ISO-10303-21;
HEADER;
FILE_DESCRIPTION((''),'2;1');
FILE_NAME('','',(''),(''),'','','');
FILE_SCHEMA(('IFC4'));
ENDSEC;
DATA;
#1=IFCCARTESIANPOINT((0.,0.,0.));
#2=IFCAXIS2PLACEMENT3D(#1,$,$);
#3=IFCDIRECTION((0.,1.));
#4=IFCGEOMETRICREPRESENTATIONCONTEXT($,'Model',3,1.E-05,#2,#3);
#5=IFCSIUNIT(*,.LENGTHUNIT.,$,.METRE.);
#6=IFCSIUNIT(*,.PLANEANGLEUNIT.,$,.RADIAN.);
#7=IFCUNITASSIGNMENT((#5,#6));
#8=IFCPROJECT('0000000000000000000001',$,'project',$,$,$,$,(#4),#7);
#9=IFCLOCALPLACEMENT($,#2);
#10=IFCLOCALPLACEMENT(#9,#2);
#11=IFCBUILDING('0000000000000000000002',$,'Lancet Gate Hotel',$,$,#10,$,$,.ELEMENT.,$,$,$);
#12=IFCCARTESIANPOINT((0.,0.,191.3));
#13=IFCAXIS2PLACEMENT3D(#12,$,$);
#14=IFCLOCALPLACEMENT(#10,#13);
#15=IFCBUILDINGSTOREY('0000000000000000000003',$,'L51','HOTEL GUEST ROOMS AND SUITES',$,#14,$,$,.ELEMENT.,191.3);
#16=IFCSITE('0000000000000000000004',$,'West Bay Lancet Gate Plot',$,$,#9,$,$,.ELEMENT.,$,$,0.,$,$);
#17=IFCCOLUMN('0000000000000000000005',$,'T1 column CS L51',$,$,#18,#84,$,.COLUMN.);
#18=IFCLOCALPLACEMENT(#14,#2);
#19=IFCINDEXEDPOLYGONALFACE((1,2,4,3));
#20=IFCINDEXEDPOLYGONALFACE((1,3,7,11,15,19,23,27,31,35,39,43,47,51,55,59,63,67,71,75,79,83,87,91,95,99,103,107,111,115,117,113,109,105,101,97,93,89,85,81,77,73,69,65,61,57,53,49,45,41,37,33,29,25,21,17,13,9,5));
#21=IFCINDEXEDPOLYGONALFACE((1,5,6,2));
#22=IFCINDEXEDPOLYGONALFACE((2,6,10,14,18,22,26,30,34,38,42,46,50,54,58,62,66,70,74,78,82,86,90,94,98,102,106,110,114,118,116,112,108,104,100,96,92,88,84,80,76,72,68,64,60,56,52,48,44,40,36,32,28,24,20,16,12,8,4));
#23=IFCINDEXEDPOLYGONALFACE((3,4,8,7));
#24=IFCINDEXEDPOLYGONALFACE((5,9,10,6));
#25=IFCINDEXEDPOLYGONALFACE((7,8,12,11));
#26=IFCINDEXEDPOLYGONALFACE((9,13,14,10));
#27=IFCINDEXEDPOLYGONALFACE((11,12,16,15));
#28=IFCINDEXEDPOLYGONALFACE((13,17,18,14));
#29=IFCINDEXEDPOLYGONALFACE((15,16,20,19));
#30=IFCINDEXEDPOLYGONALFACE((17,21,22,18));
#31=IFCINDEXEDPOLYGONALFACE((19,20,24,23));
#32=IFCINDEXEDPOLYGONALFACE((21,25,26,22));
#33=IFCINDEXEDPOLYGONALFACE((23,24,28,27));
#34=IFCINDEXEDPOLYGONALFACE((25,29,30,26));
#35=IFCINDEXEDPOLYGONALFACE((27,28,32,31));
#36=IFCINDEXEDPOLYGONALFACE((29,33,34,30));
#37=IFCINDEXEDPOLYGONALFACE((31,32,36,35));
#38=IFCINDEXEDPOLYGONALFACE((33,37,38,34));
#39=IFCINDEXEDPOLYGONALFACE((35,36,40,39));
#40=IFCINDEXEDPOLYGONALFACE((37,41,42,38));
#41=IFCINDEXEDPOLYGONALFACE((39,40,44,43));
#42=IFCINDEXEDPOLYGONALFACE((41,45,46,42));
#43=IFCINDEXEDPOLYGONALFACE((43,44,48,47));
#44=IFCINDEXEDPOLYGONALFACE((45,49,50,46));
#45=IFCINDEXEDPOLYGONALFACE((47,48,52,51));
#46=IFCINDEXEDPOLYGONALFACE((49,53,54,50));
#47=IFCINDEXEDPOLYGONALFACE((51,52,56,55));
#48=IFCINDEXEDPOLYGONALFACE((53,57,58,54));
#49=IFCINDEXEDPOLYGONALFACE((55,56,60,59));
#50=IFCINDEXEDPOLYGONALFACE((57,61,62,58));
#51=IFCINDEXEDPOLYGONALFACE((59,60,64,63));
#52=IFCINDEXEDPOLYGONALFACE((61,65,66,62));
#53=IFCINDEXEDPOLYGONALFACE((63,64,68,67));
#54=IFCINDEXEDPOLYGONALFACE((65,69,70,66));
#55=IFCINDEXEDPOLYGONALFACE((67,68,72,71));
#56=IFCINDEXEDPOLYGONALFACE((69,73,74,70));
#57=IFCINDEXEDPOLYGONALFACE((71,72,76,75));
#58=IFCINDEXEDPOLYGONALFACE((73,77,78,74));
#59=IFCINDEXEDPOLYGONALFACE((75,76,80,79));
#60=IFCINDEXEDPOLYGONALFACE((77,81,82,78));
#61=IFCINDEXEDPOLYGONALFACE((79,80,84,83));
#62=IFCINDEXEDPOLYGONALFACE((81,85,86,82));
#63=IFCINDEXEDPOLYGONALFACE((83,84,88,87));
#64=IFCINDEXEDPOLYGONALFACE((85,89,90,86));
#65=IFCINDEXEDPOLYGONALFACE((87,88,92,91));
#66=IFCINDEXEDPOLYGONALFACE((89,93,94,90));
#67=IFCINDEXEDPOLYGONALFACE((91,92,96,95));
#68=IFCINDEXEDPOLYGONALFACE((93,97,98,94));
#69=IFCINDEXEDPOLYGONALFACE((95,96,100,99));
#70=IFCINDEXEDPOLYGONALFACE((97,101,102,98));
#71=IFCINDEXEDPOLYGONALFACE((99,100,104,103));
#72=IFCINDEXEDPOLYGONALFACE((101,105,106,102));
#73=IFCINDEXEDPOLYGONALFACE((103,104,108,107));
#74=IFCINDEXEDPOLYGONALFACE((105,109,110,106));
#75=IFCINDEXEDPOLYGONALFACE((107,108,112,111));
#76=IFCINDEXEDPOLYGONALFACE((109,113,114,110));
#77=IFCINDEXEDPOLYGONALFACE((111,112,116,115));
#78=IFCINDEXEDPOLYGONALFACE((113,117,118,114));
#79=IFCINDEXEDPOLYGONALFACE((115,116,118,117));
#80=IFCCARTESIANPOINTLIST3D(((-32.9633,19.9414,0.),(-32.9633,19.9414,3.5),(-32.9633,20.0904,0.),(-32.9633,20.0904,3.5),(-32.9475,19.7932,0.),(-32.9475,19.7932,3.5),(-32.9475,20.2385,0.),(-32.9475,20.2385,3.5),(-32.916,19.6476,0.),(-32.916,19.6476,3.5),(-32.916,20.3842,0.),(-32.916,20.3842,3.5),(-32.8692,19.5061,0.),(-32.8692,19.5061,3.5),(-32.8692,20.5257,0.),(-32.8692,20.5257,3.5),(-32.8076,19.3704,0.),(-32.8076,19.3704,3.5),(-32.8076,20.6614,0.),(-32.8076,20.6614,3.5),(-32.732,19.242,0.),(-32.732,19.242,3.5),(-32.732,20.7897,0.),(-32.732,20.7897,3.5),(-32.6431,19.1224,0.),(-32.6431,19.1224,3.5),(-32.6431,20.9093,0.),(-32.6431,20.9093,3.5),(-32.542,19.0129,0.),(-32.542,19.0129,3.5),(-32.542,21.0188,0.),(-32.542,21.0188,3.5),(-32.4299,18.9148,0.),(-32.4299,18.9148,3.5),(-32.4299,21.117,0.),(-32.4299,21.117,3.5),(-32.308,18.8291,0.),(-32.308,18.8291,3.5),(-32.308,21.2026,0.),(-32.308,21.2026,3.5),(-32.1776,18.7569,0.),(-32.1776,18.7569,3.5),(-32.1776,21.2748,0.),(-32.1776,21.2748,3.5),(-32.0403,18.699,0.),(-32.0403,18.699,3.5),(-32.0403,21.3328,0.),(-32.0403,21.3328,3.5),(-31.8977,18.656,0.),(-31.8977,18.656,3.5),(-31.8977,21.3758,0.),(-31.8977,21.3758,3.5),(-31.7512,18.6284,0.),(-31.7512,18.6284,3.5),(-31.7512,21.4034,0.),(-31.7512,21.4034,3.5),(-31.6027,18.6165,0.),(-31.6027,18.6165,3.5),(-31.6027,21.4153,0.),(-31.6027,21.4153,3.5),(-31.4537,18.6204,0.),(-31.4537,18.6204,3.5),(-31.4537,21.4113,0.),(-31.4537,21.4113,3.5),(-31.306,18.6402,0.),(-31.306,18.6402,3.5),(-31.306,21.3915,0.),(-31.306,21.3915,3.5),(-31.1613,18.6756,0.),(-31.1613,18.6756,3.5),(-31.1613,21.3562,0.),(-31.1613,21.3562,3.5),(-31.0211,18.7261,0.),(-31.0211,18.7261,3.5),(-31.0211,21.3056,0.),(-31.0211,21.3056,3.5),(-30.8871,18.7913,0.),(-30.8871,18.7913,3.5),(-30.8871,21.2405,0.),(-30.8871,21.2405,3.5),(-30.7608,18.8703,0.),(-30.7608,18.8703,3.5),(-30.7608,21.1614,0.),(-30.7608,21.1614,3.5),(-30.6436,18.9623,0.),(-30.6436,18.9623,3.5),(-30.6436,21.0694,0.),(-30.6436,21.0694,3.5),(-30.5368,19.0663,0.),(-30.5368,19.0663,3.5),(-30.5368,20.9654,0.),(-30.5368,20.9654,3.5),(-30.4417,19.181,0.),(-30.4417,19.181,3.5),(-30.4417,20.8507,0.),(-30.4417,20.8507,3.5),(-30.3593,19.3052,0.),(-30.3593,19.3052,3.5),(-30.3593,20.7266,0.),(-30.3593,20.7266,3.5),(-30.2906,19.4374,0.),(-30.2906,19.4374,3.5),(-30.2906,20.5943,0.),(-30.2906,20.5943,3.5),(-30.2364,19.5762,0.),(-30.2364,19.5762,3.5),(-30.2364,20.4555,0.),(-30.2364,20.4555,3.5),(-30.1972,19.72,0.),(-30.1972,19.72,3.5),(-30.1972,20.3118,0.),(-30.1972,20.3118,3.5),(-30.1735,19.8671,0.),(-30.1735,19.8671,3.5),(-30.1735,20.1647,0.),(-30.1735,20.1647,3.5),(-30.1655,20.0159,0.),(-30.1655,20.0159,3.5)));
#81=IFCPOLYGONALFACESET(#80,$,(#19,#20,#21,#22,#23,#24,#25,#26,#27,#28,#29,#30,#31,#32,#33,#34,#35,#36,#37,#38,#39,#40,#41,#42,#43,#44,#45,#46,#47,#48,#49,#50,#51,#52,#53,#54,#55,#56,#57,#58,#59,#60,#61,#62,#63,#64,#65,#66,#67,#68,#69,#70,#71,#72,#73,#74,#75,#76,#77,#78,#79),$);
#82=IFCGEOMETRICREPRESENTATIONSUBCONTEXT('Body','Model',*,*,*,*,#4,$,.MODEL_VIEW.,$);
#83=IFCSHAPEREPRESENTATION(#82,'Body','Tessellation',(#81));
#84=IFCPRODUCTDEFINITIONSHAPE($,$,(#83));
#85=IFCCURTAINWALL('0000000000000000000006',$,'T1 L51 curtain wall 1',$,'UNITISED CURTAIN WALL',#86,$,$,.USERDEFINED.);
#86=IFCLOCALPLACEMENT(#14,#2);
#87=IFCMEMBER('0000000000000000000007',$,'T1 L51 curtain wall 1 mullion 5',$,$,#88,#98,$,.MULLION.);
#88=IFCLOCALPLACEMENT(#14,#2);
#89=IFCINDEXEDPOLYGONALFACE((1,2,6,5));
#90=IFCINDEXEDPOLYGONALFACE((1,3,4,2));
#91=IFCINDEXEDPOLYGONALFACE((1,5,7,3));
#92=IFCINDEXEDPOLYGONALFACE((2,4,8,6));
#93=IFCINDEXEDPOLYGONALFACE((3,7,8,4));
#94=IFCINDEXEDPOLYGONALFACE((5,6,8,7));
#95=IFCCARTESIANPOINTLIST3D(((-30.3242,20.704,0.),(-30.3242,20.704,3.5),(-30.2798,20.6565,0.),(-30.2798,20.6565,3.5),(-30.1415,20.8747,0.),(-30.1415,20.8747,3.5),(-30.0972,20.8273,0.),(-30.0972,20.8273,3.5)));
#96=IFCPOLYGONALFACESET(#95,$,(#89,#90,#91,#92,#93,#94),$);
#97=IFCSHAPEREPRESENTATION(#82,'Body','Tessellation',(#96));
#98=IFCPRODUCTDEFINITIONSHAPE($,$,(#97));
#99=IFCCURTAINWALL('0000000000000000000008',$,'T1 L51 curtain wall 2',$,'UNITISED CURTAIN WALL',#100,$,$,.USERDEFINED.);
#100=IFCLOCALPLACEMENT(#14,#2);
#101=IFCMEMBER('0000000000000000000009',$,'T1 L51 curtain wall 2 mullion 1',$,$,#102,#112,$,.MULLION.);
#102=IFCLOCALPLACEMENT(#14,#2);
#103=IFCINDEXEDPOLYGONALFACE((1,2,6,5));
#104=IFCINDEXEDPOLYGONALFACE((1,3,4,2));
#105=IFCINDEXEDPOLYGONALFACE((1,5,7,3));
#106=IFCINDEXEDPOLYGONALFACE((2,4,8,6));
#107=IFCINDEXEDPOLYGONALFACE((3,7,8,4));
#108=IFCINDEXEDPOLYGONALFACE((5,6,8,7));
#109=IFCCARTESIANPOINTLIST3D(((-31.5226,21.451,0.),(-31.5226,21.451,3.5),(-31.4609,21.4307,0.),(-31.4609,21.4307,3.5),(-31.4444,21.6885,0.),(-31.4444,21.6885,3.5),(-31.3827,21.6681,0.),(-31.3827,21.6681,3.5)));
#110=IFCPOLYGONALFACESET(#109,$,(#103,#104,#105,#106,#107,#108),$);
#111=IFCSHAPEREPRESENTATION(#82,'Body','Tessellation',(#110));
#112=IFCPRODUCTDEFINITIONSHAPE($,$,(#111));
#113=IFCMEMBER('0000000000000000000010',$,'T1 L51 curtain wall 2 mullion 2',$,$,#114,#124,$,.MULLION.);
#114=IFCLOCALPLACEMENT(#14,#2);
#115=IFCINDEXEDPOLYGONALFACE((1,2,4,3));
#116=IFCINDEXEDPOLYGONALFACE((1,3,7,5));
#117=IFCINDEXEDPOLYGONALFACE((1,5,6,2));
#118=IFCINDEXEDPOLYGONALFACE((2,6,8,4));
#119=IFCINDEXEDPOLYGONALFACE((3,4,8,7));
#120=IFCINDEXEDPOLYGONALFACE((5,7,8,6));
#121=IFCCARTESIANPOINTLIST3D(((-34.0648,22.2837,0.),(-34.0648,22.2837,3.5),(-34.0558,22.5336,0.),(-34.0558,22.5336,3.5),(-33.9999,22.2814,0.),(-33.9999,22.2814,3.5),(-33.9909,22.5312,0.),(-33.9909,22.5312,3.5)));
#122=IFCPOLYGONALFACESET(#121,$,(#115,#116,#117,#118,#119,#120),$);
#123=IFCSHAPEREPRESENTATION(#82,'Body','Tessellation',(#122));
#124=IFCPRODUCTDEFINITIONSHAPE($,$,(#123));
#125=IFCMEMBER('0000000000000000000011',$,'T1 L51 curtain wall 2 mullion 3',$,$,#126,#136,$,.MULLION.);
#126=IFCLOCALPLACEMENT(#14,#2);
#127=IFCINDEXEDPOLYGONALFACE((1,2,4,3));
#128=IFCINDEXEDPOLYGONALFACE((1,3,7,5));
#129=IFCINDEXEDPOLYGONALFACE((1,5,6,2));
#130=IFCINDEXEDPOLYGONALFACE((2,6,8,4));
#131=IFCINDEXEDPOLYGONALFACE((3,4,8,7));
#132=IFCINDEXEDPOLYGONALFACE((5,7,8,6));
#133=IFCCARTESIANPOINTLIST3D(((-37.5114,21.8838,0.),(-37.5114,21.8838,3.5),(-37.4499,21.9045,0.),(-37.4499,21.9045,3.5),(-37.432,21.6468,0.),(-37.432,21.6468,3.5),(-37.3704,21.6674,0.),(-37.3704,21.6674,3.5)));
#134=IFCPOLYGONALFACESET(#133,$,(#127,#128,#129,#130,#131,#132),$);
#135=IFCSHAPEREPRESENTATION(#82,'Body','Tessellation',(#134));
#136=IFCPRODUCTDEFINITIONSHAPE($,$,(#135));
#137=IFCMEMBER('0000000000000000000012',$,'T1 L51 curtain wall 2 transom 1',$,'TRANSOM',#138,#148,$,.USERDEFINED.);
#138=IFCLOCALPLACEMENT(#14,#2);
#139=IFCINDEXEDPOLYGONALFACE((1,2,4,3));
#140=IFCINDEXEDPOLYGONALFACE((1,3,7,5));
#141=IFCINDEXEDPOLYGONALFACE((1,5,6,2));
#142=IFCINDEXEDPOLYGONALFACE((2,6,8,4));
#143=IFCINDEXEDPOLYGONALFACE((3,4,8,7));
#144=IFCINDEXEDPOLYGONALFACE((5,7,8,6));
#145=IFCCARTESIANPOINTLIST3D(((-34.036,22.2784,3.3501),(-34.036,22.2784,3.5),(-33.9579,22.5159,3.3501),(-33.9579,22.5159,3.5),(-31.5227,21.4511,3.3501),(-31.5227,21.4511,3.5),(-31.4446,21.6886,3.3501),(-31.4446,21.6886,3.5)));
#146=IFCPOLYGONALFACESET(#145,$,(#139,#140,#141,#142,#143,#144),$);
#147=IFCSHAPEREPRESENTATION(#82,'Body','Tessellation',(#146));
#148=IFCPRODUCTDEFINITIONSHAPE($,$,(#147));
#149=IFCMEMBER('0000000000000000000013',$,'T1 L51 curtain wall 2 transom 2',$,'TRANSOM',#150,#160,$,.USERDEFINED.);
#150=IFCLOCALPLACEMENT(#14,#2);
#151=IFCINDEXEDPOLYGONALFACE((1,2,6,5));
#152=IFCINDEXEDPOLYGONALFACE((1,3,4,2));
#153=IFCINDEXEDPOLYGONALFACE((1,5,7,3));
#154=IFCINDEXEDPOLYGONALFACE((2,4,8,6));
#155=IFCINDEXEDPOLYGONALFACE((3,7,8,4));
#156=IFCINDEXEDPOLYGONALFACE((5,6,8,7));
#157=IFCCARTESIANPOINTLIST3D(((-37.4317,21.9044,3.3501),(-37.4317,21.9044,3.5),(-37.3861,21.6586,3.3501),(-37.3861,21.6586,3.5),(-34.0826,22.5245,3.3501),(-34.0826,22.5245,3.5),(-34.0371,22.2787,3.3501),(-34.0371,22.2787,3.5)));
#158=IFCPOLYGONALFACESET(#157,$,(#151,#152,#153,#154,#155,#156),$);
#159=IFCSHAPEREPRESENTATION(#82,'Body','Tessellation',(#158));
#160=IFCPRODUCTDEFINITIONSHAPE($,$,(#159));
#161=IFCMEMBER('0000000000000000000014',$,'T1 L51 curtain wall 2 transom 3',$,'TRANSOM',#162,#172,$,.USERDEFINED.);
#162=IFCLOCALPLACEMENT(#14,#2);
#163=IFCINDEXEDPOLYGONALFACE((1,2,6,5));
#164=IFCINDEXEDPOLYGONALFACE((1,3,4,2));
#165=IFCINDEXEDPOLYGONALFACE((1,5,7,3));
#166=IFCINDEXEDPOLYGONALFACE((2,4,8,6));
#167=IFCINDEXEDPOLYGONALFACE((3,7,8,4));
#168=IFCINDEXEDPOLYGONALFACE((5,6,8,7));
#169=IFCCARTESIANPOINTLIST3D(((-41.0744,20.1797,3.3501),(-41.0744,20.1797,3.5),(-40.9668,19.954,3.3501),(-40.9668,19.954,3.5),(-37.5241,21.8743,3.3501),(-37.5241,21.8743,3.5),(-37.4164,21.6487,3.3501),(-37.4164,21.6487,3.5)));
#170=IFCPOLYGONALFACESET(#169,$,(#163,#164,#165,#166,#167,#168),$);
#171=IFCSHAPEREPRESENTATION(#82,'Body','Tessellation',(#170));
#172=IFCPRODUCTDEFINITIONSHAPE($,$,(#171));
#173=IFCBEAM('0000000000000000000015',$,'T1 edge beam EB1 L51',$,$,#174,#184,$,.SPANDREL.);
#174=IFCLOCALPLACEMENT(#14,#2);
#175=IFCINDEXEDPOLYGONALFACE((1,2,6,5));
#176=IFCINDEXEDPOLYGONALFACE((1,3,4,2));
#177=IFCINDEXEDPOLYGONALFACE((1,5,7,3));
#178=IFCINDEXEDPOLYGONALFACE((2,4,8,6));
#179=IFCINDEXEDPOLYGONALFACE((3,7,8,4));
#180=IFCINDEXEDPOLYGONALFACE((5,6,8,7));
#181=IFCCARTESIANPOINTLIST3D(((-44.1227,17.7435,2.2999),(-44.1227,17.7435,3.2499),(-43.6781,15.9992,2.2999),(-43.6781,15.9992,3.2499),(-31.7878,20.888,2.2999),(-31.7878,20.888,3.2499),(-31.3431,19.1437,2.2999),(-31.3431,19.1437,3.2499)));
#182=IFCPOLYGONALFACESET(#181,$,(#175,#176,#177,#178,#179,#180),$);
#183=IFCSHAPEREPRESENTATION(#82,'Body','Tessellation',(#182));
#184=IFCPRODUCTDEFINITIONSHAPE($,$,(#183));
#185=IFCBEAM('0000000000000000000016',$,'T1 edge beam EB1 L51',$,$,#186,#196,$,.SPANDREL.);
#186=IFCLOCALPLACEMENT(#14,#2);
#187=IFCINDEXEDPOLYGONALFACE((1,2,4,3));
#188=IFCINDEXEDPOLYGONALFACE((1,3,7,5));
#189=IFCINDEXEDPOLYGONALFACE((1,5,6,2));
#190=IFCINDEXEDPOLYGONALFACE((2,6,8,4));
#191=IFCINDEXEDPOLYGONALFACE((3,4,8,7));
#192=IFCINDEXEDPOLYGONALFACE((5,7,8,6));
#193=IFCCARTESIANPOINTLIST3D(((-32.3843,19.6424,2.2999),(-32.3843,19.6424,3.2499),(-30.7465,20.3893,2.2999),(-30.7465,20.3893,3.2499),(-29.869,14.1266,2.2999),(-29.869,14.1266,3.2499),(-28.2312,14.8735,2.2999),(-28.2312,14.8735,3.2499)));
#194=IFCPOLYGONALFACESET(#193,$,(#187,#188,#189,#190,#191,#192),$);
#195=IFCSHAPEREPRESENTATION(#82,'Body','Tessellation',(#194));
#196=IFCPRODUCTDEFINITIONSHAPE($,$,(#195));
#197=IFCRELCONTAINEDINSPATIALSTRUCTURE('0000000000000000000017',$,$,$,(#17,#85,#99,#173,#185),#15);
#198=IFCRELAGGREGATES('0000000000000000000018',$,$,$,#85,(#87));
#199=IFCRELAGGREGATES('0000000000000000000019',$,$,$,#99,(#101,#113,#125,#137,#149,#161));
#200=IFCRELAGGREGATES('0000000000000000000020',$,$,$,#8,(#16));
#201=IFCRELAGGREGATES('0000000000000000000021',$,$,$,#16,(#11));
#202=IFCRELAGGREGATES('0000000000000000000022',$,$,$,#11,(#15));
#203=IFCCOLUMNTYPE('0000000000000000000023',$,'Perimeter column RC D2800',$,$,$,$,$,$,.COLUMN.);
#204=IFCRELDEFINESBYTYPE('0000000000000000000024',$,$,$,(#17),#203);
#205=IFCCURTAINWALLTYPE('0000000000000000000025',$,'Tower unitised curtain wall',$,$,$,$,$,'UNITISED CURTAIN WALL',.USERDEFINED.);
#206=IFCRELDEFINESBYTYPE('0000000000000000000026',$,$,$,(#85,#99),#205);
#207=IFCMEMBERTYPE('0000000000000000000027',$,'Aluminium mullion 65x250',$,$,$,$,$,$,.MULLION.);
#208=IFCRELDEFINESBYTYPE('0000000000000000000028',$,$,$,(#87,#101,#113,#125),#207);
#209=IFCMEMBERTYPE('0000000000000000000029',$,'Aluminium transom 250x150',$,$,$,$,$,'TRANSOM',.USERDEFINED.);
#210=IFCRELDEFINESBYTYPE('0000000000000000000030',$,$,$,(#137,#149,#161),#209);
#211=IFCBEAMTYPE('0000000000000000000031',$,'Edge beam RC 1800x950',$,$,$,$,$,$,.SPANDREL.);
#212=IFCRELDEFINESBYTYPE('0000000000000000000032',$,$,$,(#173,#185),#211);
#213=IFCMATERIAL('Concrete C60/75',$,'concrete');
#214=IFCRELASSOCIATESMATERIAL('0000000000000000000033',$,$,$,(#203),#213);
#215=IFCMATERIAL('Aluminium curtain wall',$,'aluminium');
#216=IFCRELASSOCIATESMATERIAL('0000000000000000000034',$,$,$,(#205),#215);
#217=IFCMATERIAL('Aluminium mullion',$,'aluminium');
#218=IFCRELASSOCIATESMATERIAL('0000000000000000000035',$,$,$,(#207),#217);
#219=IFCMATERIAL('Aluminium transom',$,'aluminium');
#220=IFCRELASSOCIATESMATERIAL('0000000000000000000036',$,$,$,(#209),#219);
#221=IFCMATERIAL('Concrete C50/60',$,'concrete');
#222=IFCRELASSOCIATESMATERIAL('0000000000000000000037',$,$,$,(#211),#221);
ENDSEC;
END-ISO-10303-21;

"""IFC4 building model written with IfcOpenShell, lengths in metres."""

from ifc_helpers import new_model, si_unit, direction, frame, origin, origin_2d, place, context, subcontext, project, spatial, rectangle, circle, extrude, material, material_profile, profile_set, type_object, element, aggregate, save


model = new_model("IFC4")

# Units and contexts
model_context = context("Model", 3, precision=1e-05, world=origin(), true_north=direction((0.0, 1.0)))
body_context = subcontext(model_context, "Body", "Model", "MODEL_VIEW")
ifc_project = project(units=[si_unit("LENGTHUNIT", "METRE"), si_unit("PLANEANGLEUNIT", "RADIAN")], contexts=[model_context])

# Site, building, storey
site_placement = place(None, origin())
site = spatial("IfcSite", under=ifc_project, at=site_placement, Name="West Bay Lancet Gate Plot", CompositionType="ELEMENT", RefElevation=0.0)
building_placement = place(site_placement, origin())
building = spatial("IfcBuilding", under=site, at=building_placement, Name="Lancet Gate Hotel", CompositionType="ELEMENT")
storey_placement = place(building_placement, frame((0.0, 0.0, 191.3)))
storey = spatial("IfcBuildingStorey", under=building, at=storey_placement, Name="L51", Description="HOTEL GUEST ROOMS AND SUITES", CompositionType="ELEMENT", Elevation=191.3)

# Column
ifc_material_1 = material(Name="Concrete C60/75", Category="concrete")
ifc_material_profile_1 = material_profile(ifc_material_1, circle(Radius=1.3999, at=origin_2d()), Name="RC D2800")
ifc_profile_set_1 = profile_set([ifc_material_profile_1], Name="Concrete C60/75")
column_type = type_object("IfcColumnType", Name="Perimeter column RC D2800", PredefinedType="COLUMN", material=ifc_profile_set_1)
column_placement = place(storey_placement, frame((-31.5654, 20.0159, 0.0), z_axis=(0.0, 0.0, 1.0), x_axis=(1.0, 0.0, 0.0)))
element("IfcColumn", 1, at=column_placement, inside=storey, type_object=column_type, Name="T1 column CS L51", PredefinedType="COLUMN", context=body_context, shape_type="SweptSolid", body=[
    extrude(circle(Radius=1.3999, at=origin_2d()), origin(), (0.0, 0.0, 1.0), 3.5),
])

# Curtain wall, member
ifc_material_2 = material(Name="Aluminium curtain wall", Category="aluminium")
curtain_wall_type = type_object("IfcCurtainWallType", Name="Tower unitised curtain wall", ElementType="UNITISED CURTAIN WALL", PredefinedType="USERDEFINED", material=ifc_material_2)
curtain_wall_1_placement = place(storey_placement, origin())
curtain_wall_1 = element("IfcCurtainWall", 2, at=curtain_wall_1_placement, inside=storey, type_object=curtain_wall_type, Name="T1 L51 curtain wall 1", ObjectType="UNITISED CURTAIN WALL", PredefinedType="USERDEFINED")
ifc_material_3 = material(Name="Aluminium mullion", Category="aluminium")
ifc_material_profile_2 = material_profile(ifc_material_3, rectangle(XDim=0.0649, YDim=0.25, at=origin_2d()), Name="MULLION 65x250")
ifc_profile_set_2 = profile_set([ifc_material_profile_2], Name="Aluminium mullion")
member_type_1 = type_object("IfcMemberType", Name="Aluminium mullion 65x250", PredefinedType="MULLION", material=ifc_profile_set_2)
member_1_placement = place(storey_placement, frame((-30.2107, 20.7656, 0.0), z_axis=(0.0, 0.0, 1.0), x_axis=(-0.682845, 0.730563, 0.0)))
member_1 = element("IfcMember", 3, at=member_1_placement, type_object=member_type_1, Name="T1 L51 curtain wall 1 mullion 5", PredefinedType="MULLION", context=body_context, shape_type="SweptSolid", body=[
    extrude(rectangle(XDim=0.0649, YDim=0.25, at=origin_2d()), origin(), (0.0, 0.0, 1.0), 3.5),
])
aggregate(curtain_wall_1, [member_1])

# Curtain wall, members
curtain_wall_2_placement = place(storey_placement, origin())
curtain_wall_2 = element("IfcCurtainWall", 4, at=curtain_wall_2_placement, inside=storey, type_object=curtain_wall_type, Name="T1 L51 curtain wall 2", ObjectType="UNITISED CURTAIN WALL", PredefinedType="USERDEFINED")
member_2_placement = place(storey_placement, frame((-31.4526, 21.5596, 0.0), z_axis=(0.0, 0.0, 1.0), x_axis=(-0.949848, 0.312712, 0.0)))
member_2 = element("IfcMember", 5, at=member_2_placement, type_object=member_type_1, Name="T1 L51 curtain wall 2 mullion 1", PredefinedType="MULLION", context=body_context, shape_type="SweptSolid", body=[
    extrude(rectangle(XDim=0.0649, YDim=0.25, at=origin_2d()), origin(), (0.0, 0.0, 1.0), 3.5),
])
member_3_placement = place(storey_placement, frame((-34.0278, 22.4075, 0.0), z_axis=(0.0, 0.0, 1.0), x_axis=(-0.99935, 0.036037, 0.0)))
member_3 = element("IfcMember", 6, at=member_3_placement, type_object=member_type_1, Name="T1 L51 curtain wall 2 mullion 2", PredefinedType="MULLION", context=body_context, shape_type="SweptSolid", body=[
    extrude(rectangle(XDim=0.0649, YDim=0.25, at=origin_2d()), origin(), (0.0, 0.0, 1.0), 3.5),
])
member_4_placement = place(storey_placement, frame((-37.4409, 21.7756, 0.0), z_axis=(0.0, 0.0, 1.0), x_axis=(-0.948119, -0.317915, 0.0)))
member_4 = element("IfcMember", 7, at=member_4_placement, type_object=member_type_1, Name="T1 L51 curtain wall 2 mullion 3", PredefinedType="MULLION", context=body_context, shape_type="SweptSolid", body=[
    extrude(rectangle(XDim=0.0649, YDim=0.25, at=origin_2d()), origin(), (0.0, 0.0, 1.0), 3.5),
])
ifc_material_4 = material(Name="Aluminium transom", Category="aluminium")
ifc_material_profile_3 = material_profile(ifc_material_4, rectangle(XDim=0.25, YDim=0.1499, at=origin_2d()), Name="TRANSOM 250x150")
ifc_profile_set_3 = profile_set([ifc_material_profile_3], Name="Aluminium transom")
member_type_2 = type_object("IfcMemberType", Name="Aluminium transom 250x150", ElementType="TRANSOM", PredefinedType="USERDEFINED", material=ifc_profile_set_3)
member_5_placement = place(storey_placement, frame((-31.4836, 21.5698, 3.425), z_axis=(-0.949858, 0.312683, 0.0), x_axis=(-0.312683, -0.949858, 0.0)))
member_5 = element("IfcMember", 8, at=member_5_placement, type_object=member_type_2, Name="T1 L51 curtain wall 2 transom 1", ObjectType="TRANSOM", PredefinedType="USERDEFINED", context=body_context, shape_type="SweptSolid", body=[
    extrude(rectangle(XDim=0.25, YDim=0.1499, at=origin_2d()), origin(), (0.0, 0.0, 1.0), 2.646),
])
member_6_placement = place(storey_placement, frame((-34.0598, 22.4016, 3.425), z_axis=(-0.983287, -0.182064, 0.0), x_axis=(0.182064, -0.983287, 0.0)))
member_6 = element("IfcMember", 9, at=member_6_placement, type_object=member_type_2, Name="T1 L51 curtain wall 2 transom 2", ObjectType="TRANSOM", PredefinedType="USERDEFINED", context=body_context, shape_type="SweptSolid", body=[
    extrude(rectangle(XDim=0.25, YDim=0.1499, at=origin_2d()), origin(), (0.0, 0.0, 1.0), 3.406),
])
member_7_placement = place(storey_placement, frame((-37.4702, 21.7615, 3.425), z_axis=(-0.902469, -0.430755, 0.0), x_axis=(0.430755, -0.902469, 0.0)))
member_7 = element("IfcMember", 10, at=member_7_placement, type_object=member_type_2, Name="T1 L51 curtain wall 2 transom 3", ObjectType="TRANSOM", PredefinedType="USERDEFINED", context=body_context, shape_type="SweptSolid", body=[
    extrude(rectangle(XDim=0.25, YDim=0.1499, at=origin_2d()), origin(), (0.0, 0.0, 1.0), 3.9341),
])

# Beams
ifc_material_5 = material(Name="Concrete C50/60", Category="concrete")
ifc_material_profile_4 = material_profile(ifc_material_5, rectangle(XDim=1.8, YDim=0.95, at=origin_2d()), Name="RC 1800x950")
ifc_profile_set_4 = profile_set([ifc_material_profile_4], Name="Concrete C50/60")
beam_type_1 = type_object("IfcBeamType", Name="Edge beam RC 1800x950", PredefinedType="SPANDREL", material=ifc_profile_set_4)
beam_1_placement = place(storey_placement, frame((-31.5654, 20.0159, 2.7749), z_axis=(-0.969008, -0.247028, 0.0), x_axis=(0.247028, -0.969008, 0.0)))
element("IfcBeam", 11, at=beam_1_placement, inside=storey, type_object=beam_type_1, Name="T1 edge beam EB1 L51", PredefinedType="SPANDREL", context=body_context, shape_type="SweptSolid", body=[
    extrude(rectangle(XDim=1.8, YDim=0.95, at=origin_2d()), origin(), (0.0, 0.0, 1.0), 12.7295),
])
beam_2_placement = place(storey_placement, frame((-31.5654, 20.0159, 2.7749), z_axis=(0.414919, -0.909858, 0.0), x_axis=(0.909858, 0.414919, 0.0)))
element("IfcBeam", 12, at=beam_2_placement, inside=storey, type_object=beam_type_1, Name="T1 edge beam EB1 L51", PredefinedType="SPANDREL", context=body_context, shape_type="SweptSolid", body=[
    extrude(rectangle(XDim=1.8, YDim=0.95, at=origin_2d()), origin(), (0.0, 0.0, 1.0), 6.0623),
])

aggregate(curtain_wall_2, [member_2, member_3, member_4, member_5, member_6, member_7])

save(model, "model.ifc")
